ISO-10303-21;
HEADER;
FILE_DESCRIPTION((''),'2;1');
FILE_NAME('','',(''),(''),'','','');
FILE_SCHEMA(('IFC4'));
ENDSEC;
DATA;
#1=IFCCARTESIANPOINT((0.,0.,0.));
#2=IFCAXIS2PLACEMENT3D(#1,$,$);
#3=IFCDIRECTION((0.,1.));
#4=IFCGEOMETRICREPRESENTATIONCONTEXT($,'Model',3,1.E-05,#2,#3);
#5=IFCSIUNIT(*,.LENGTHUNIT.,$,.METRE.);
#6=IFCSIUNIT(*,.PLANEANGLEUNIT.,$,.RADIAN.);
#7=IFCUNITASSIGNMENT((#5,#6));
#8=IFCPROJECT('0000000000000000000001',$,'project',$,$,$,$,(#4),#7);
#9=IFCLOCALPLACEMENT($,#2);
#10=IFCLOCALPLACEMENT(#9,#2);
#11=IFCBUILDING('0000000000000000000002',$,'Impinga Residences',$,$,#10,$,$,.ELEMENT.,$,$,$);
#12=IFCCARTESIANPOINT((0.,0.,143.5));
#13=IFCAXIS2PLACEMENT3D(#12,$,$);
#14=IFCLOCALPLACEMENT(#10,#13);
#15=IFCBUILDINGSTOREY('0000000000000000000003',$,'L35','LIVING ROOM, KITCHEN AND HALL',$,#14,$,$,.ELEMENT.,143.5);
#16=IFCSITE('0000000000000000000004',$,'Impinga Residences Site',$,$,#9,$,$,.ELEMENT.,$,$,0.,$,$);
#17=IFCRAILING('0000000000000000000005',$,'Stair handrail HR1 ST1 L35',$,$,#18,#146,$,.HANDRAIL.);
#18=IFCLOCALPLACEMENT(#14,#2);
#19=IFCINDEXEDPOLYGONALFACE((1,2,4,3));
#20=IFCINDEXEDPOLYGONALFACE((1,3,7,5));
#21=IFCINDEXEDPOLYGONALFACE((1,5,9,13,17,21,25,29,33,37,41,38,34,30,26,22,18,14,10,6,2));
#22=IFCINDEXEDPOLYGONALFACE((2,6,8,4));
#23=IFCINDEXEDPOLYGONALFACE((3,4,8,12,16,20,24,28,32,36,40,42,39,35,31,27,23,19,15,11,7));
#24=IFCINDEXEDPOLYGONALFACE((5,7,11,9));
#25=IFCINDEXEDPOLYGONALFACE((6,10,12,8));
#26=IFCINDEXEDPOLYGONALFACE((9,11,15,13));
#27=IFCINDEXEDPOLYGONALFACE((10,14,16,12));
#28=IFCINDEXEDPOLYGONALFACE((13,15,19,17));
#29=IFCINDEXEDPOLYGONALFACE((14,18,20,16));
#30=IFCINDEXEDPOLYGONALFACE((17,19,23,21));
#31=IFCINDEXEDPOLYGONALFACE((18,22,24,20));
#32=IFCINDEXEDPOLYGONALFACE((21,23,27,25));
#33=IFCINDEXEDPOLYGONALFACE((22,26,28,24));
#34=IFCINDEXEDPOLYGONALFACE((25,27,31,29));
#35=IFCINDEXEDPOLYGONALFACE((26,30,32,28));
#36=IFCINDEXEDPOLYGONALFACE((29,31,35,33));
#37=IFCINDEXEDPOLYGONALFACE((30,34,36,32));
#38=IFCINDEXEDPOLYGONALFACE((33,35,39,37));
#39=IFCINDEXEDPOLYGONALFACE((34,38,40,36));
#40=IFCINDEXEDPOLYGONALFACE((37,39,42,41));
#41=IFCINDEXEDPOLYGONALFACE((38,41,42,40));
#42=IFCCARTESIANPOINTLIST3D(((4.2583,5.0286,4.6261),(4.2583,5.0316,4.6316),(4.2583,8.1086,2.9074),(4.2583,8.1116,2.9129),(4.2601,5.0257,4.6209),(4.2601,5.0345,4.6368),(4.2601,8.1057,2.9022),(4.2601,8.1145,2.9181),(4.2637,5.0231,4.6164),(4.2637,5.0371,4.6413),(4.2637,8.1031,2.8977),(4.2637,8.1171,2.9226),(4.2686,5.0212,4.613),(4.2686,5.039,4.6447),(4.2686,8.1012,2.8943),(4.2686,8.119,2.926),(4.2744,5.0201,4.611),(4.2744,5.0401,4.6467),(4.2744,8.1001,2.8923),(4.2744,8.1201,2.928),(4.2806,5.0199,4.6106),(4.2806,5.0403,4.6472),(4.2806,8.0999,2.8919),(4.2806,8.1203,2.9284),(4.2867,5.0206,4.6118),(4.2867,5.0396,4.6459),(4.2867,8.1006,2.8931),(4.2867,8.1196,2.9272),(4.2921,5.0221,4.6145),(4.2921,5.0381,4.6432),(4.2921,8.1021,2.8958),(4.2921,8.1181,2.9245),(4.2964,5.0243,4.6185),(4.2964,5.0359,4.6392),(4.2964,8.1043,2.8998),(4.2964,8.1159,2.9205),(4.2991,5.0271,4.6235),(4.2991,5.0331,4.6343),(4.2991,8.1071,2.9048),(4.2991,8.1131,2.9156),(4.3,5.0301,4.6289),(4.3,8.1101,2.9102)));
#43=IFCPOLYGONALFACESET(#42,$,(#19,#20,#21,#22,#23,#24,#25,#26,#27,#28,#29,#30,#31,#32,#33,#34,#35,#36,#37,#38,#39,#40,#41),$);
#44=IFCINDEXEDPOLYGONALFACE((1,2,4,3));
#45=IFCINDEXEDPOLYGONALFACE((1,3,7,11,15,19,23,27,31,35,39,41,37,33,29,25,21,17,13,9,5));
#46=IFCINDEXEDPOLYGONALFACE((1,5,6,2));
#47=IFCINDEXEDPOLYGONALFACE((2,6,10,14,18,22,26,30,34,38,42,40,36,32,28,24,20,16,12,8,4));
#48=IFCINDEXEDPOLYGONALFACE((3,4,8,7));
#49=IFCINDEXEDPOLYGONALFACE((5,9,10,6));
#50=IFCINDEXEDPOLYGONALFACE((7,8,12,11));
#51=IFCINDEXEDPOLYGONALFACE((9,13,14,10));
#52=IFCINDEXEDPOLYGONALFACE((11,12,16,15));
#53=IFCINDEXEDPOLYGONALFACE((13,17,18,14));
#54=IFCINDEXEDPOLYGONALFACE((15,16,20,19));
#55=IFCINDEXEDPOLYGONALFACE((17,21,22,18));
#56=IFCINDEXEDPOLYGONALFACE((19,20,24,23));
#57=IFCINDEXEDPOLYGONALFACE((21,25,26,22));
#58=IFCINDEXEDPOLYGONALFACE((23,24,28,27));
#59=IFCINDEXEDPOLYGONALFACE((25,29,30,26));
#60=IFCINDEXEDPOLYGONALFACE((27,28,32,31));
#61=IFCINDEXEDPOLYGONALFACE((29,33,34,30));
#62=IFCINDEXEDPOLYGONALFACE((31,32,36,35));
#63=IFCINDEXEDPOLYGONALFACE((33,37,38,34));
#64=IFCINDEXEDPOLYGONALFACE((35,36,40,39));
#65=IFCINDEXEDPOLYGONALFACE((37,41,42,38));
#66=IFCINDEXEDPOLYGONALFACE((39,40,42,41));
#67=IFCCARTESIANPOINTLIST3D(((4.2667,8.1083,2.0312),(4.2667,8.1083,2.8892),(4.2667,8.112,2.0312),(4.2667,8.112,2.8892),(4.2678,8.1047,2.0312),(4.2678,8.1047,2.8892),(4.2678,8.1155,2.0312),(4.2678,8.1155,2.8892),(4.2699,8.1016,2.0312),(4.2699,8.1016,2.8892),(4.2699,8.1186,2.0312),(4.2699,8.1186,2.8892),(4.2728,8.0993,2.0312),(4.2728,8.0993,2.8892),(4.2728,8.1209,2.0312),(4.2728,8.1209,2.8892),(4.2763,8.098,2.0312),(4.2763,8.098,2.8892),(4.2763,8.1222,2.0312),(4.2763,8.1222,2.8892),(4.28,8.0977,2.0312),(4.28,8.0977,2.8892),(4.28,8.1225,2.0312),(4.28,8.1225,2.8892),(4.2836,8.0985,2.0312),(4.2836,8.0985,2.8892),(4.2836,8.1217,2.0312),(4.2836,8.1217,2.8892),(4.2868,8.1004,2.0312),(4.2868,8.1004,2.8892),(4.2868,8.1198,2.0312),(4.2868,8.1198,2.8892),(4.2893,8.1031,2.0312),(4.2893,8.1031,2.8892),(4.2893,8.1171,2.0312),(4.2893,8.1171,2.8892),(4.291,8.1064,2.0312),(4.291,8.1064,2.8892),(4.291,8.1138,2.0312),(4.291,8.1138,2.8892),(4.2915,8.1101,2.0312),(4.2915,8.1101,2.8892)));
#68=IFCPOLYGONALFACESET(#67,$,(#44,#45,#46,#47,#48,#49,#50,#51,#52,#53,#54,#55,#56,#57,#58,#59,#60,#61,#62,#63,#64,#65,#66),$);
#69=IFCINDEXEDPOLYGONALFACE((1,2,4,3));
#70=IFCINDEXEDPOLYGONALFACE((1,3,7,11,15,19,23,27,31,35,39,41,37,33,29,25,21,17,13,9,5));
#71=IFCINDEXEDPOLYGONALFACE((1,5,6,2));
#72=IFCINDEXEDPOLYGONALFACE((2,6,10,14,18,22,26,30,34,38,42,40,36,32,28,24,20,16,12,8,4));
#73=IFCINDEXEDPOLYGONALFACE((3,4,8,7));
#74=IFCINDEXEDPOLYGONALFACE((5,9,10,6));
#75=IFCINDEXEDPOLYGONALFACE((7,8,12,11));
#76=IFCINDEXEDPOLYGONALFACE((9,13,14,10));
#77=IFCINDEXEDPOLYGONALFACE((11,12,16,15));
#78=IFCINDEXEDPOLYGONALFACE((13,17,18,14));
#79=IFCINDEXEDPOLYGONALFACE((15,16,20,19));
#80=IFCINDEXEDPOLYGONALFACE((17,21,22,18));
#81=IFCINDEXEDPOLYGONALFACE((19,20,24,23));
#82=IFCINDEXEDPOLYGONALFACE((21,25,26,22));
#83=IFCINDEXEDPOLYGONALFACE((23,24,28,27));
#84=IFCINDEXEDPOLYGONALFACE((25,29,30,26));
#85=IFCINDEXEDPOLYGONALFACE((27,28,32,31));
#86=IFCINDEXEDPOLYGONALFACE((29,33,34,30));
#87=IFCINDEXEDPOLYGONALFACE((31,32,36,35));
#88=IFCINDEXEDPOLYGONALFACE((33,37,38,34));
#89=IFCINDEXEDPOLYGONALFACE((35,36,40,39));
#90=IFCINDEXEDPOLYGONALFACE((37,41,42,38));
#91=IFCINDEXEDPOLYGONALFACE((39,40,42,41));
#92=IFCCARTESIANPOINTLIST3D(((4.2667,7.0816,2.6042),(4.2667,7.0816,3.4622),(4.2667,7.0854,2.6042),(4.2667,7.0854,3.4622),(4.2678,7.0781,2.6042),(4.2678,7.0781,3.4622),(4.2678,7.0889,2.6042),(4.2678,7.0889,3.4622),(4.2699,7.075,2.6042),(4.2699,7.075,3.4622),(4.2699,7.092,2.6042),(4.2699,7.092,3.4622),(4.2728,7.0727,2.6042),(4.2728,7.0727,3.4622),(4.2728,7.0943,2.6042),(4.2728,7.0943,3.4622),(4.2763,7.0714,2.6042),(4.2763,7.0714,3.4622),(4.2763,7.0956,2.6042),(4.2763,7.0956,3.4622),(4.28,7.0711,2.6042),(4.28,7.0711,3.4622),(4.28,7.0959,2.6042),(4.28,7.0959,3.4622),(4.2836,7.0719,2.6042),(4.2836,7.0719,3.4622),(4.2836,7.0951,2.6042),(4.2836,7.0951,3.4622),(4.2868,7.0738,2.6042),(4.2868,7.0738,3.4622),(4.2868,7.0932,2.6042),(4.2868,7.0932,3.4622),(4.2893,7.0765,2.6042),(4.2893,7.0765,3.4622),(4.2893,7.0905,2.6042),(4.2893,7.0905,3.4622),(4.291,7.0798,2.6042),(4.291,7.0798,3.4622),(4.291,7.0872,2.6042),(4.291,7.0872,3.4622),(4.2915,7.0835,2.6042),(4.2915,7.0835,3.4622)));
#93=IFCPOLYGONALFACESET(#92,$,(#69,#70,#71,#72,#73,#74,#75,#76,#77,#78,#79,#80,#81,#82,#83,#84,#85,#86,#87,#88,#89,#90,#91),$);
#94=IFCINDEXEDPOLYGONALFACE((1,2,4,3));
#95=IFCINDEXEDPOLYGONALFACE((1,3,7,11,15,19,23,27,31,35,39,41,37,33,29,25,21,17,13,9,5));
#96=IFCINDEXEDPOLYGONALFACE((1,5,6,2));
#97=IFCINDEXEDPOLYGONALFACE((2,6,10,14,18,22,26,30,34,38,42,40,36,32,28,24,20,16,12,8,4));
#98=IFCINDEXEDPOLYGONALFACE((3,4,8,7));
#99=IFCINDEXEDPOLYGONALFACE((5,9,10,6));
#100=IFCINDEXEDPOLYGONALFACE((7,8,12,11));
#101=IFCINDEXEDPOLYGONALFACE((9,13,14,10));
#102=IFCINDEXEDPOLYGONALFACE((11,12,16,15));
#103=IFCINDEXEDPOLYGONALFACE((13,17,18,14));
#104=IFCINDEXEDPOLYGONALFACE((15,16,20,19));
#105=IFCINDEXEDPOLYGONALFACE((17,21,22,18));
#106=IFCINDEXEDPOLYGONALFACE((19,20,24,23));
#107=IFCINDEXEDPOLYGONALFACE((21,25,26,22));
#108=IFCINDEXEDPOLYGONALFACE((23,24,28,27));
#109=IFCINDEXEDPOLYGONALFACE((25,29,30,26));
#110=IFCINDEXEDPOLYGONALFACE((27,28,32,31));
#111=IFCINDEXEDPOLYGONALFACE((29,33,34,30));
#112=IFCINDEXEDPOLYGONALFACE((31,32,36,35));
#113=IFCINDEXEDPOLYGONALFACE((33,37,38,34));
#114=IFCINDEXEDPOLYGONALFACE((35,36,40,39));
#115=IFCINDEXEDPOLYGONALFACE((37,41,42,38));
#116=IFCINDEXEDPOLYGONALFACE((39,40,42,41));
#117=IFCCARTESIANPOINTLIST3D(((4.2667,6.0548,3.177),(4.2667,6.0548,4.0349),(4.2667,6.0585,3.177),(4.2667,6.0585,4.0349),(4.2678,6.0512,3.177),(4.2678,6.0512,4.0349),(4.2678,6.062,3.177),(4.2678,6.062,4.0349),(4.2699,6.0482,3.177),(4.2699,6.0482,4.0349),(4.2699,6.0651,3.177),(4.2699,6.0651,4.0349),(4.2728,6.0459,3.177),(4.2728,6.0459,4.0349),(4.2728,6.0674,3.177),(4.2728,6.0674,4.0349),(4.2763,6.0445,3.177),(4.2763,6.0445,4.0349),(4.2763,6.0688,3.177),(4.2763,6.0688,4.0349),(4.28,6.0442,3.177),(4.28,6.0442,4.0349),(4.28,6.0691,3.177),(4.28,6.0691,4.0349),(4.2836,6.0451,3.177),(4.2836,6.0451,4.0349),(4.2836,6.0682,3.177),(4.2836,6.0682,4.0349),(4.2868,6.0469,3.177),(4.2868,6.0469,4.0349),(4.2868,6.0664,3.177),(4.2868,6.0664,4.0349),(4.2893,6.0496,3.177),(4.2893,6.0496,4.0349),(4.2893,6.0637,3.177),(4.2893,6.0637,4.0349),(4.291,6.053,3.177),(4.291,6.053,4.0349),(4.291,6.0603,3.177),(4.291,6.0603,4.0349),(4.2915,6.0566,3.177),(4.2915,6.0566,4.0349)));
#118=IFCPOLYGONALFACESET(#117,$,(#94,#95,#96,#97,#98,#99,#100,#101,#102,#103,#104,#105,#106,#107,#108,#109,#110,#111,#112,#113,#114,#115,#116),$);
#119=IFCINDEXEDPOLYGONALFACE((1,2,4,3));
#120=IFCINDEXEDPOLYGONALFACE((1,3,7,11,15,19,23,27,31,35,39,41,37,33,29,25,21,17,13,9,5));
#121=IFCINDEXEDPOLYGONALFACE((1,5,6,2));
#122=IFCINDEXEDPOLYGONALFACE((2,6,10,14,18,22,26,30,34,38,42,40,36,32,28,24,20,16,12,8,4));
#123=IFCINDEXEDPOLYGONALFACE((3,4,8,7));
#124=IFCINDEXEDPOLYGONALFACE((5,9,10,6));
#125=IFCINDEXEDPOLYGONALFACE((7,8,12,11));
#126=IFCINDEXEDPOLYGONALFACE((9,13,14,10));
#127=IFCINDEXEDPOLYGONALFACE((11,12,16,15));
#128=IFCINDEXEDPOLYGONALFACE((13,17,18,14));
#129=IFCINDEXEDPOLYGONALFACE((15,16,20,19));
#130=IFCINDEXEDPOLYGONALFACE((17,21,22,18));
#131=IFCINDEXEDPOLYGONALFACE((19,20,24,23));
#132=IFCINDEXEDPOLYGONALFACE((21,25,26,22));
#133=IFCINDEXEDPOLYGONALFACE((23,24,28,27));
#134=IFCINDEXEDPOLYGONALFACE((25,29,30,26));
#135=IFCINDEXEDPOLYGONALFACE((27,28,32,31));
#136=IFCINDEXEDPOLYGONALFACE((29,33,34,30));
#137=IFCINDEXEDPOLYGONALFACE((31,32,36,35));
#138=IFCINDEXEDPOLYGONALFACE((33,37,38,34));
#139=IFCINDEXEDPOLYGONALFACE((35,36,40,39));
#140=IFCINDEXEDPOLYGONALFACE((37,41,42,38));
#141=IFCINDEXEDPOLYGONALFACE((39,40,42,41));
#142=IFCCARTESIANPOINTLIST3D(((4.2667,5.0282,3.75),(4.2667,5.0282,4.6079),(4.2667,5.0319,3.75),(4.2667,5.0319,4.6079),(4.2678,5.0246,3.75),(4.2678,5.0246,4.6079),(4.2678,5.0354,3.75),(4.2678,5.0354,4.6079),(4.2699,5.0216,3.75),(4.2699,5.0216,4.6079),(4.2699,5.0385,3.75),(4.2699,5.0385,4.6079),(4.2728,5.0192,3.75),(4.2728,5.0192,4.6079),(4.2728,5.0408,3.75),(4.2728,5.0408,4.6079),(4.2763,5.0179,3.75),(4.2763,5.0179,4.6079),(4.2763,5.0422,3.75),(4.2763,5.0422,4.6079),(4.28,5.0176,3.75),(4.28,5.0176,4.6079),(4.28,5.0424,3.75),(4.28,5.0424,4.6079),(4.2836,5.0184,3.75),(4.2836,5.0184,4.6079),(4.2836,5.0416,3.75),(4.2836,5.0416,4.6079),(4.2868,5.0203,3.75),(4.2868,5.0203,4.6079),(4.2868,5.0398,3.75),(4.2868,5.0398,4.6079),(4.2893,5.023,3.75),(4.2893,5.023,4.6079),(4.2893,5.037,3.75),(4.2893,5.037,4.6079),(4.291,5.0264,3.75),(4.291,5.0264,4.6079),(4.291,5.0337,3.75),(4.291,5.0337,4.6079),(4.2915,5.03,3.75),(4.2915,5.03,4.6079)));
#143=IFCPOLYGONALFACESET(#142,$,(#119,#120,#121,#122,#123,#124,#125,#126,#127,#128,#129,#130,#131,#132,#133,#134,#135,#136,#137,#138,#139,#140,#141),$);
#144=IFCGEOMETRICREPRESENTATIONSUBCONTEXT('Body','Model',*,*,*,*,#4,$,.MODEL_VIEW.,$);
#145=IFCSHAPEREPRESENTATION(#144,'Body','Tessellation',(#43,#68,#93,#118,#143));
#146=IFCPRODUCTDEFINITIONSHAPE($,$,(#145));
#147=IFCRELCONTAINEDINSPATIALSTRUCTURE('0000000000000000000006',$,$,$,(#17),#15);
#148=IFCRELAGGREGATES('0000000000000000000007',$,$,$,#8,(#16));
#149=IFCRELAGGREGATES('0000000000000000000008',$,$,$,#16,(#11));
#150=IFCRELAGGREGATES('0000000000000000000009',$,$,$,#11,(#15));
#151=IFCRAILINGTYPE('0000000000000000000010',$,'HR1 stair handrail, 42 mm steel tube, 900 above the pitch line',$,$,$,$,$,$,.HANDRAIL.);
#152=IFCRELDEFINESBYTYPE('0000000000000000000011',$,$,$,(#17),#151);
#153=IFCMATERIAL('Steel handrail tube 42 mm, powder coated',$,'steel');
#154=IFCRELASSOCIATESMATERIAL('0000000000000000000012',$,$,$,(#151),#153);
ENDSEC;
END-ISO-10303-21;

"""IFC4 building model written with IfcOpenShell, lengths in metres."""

from ifc_helpers import new_model, si_unit, direction, frame, origin, origin_2d, place, context, subcontext, project, spatial, circle, extrude, material, type_object, element, save


model = new_model("IFC4")

# Units and contexts
model_context = context("Model", 3, precision=1e-05, world=origin(), true_north=direction((0.0, 1.0)))
body_context = subcontext(model_context, "Body", "Model", "MODEL_VIEW")
ifc_project = project(units=[si_unit("LENGTHUNIT", "METRE"), si_unit("PLANEANGLEUNIT", "RADIAN")], contexts=[model_context])

# Site, building, storey
site_placement = place(None, origin())
site = spatial("IfcSite", under=ifc_project, at=site_placement, Name="Impinga Residences Site", CompositionType="ELEMENT", RefElevation=0.0)
building_placement = place(site_placement, origin())
building = spatial("IfcBuilding", under=site, at=building_placement, Name="Impinga Residences", CompositionType="ELEMENT")
storey_placement = place(building_placement, frame((0.0, 0.0, 143.5)))
storey = spatial("IfcBuildingStorey", under=building, at=storey_placement, Name="L35", Description="LIVING ROOM, KITCHEN AND HALL", CompositionType="ELEMENT", Elevation=143.5)

# Railing
ifc_material_1 = material(Name="Steel handrail tube 42 mm, powder coated", Category="steel")
railing_type_1 = type_object("IfcRailingType", Name="HR1 stair handrail, 42 mm steel tube, 900 above the pitch line", PredefinedType="HANDRAIL", material=ifc_material_1)
railing_1_placement = place(storey_placement, frame((4.2791, 8.1101, 2.0312)))
element("IfcRailing", 1, at=railing_1_placement, inside=storey, type_object=railing_type_1, Name="Stair handrail HR1 ST1 L35", PredefinedType="HANDRAIL", context=body_context, shape_type="SweptSolid", body=[
    extrude(circle(Radius=0.021, at=origin_2d()), frame((0.0, 0.0, 0.8789), z_axis=(0.0, -0.873242, 0.487288), x_axis=(1.0, 0.0, 0.0)), (0.0, 0.0, 1.0), 3.5271),
    extrude(circle(Radius=0.0125, at=origin_2d()), origin(), (0.0, 0.0, 1.0), 0.8579),
    extrude(circle(Radius=0.0125, at=origin_2d()), frame((0.0, -1.0266, 0.573)), (0.0, 0.0, 1.0), 0.8579),
    extrude(circle(Radius=0.0125, at=origin_2d()), frame((0.0, -2.0535, 1.1458)), (0.0, 0.0, 1.0), 0.8579),
    extrude(circle(Radius=0.0125, at=origin_2d()), frame((0.0, -3.0801, 1.7188)), (0.0, 0.0, 1.0), 0.8579),
])

save(model, "model.ifc")
